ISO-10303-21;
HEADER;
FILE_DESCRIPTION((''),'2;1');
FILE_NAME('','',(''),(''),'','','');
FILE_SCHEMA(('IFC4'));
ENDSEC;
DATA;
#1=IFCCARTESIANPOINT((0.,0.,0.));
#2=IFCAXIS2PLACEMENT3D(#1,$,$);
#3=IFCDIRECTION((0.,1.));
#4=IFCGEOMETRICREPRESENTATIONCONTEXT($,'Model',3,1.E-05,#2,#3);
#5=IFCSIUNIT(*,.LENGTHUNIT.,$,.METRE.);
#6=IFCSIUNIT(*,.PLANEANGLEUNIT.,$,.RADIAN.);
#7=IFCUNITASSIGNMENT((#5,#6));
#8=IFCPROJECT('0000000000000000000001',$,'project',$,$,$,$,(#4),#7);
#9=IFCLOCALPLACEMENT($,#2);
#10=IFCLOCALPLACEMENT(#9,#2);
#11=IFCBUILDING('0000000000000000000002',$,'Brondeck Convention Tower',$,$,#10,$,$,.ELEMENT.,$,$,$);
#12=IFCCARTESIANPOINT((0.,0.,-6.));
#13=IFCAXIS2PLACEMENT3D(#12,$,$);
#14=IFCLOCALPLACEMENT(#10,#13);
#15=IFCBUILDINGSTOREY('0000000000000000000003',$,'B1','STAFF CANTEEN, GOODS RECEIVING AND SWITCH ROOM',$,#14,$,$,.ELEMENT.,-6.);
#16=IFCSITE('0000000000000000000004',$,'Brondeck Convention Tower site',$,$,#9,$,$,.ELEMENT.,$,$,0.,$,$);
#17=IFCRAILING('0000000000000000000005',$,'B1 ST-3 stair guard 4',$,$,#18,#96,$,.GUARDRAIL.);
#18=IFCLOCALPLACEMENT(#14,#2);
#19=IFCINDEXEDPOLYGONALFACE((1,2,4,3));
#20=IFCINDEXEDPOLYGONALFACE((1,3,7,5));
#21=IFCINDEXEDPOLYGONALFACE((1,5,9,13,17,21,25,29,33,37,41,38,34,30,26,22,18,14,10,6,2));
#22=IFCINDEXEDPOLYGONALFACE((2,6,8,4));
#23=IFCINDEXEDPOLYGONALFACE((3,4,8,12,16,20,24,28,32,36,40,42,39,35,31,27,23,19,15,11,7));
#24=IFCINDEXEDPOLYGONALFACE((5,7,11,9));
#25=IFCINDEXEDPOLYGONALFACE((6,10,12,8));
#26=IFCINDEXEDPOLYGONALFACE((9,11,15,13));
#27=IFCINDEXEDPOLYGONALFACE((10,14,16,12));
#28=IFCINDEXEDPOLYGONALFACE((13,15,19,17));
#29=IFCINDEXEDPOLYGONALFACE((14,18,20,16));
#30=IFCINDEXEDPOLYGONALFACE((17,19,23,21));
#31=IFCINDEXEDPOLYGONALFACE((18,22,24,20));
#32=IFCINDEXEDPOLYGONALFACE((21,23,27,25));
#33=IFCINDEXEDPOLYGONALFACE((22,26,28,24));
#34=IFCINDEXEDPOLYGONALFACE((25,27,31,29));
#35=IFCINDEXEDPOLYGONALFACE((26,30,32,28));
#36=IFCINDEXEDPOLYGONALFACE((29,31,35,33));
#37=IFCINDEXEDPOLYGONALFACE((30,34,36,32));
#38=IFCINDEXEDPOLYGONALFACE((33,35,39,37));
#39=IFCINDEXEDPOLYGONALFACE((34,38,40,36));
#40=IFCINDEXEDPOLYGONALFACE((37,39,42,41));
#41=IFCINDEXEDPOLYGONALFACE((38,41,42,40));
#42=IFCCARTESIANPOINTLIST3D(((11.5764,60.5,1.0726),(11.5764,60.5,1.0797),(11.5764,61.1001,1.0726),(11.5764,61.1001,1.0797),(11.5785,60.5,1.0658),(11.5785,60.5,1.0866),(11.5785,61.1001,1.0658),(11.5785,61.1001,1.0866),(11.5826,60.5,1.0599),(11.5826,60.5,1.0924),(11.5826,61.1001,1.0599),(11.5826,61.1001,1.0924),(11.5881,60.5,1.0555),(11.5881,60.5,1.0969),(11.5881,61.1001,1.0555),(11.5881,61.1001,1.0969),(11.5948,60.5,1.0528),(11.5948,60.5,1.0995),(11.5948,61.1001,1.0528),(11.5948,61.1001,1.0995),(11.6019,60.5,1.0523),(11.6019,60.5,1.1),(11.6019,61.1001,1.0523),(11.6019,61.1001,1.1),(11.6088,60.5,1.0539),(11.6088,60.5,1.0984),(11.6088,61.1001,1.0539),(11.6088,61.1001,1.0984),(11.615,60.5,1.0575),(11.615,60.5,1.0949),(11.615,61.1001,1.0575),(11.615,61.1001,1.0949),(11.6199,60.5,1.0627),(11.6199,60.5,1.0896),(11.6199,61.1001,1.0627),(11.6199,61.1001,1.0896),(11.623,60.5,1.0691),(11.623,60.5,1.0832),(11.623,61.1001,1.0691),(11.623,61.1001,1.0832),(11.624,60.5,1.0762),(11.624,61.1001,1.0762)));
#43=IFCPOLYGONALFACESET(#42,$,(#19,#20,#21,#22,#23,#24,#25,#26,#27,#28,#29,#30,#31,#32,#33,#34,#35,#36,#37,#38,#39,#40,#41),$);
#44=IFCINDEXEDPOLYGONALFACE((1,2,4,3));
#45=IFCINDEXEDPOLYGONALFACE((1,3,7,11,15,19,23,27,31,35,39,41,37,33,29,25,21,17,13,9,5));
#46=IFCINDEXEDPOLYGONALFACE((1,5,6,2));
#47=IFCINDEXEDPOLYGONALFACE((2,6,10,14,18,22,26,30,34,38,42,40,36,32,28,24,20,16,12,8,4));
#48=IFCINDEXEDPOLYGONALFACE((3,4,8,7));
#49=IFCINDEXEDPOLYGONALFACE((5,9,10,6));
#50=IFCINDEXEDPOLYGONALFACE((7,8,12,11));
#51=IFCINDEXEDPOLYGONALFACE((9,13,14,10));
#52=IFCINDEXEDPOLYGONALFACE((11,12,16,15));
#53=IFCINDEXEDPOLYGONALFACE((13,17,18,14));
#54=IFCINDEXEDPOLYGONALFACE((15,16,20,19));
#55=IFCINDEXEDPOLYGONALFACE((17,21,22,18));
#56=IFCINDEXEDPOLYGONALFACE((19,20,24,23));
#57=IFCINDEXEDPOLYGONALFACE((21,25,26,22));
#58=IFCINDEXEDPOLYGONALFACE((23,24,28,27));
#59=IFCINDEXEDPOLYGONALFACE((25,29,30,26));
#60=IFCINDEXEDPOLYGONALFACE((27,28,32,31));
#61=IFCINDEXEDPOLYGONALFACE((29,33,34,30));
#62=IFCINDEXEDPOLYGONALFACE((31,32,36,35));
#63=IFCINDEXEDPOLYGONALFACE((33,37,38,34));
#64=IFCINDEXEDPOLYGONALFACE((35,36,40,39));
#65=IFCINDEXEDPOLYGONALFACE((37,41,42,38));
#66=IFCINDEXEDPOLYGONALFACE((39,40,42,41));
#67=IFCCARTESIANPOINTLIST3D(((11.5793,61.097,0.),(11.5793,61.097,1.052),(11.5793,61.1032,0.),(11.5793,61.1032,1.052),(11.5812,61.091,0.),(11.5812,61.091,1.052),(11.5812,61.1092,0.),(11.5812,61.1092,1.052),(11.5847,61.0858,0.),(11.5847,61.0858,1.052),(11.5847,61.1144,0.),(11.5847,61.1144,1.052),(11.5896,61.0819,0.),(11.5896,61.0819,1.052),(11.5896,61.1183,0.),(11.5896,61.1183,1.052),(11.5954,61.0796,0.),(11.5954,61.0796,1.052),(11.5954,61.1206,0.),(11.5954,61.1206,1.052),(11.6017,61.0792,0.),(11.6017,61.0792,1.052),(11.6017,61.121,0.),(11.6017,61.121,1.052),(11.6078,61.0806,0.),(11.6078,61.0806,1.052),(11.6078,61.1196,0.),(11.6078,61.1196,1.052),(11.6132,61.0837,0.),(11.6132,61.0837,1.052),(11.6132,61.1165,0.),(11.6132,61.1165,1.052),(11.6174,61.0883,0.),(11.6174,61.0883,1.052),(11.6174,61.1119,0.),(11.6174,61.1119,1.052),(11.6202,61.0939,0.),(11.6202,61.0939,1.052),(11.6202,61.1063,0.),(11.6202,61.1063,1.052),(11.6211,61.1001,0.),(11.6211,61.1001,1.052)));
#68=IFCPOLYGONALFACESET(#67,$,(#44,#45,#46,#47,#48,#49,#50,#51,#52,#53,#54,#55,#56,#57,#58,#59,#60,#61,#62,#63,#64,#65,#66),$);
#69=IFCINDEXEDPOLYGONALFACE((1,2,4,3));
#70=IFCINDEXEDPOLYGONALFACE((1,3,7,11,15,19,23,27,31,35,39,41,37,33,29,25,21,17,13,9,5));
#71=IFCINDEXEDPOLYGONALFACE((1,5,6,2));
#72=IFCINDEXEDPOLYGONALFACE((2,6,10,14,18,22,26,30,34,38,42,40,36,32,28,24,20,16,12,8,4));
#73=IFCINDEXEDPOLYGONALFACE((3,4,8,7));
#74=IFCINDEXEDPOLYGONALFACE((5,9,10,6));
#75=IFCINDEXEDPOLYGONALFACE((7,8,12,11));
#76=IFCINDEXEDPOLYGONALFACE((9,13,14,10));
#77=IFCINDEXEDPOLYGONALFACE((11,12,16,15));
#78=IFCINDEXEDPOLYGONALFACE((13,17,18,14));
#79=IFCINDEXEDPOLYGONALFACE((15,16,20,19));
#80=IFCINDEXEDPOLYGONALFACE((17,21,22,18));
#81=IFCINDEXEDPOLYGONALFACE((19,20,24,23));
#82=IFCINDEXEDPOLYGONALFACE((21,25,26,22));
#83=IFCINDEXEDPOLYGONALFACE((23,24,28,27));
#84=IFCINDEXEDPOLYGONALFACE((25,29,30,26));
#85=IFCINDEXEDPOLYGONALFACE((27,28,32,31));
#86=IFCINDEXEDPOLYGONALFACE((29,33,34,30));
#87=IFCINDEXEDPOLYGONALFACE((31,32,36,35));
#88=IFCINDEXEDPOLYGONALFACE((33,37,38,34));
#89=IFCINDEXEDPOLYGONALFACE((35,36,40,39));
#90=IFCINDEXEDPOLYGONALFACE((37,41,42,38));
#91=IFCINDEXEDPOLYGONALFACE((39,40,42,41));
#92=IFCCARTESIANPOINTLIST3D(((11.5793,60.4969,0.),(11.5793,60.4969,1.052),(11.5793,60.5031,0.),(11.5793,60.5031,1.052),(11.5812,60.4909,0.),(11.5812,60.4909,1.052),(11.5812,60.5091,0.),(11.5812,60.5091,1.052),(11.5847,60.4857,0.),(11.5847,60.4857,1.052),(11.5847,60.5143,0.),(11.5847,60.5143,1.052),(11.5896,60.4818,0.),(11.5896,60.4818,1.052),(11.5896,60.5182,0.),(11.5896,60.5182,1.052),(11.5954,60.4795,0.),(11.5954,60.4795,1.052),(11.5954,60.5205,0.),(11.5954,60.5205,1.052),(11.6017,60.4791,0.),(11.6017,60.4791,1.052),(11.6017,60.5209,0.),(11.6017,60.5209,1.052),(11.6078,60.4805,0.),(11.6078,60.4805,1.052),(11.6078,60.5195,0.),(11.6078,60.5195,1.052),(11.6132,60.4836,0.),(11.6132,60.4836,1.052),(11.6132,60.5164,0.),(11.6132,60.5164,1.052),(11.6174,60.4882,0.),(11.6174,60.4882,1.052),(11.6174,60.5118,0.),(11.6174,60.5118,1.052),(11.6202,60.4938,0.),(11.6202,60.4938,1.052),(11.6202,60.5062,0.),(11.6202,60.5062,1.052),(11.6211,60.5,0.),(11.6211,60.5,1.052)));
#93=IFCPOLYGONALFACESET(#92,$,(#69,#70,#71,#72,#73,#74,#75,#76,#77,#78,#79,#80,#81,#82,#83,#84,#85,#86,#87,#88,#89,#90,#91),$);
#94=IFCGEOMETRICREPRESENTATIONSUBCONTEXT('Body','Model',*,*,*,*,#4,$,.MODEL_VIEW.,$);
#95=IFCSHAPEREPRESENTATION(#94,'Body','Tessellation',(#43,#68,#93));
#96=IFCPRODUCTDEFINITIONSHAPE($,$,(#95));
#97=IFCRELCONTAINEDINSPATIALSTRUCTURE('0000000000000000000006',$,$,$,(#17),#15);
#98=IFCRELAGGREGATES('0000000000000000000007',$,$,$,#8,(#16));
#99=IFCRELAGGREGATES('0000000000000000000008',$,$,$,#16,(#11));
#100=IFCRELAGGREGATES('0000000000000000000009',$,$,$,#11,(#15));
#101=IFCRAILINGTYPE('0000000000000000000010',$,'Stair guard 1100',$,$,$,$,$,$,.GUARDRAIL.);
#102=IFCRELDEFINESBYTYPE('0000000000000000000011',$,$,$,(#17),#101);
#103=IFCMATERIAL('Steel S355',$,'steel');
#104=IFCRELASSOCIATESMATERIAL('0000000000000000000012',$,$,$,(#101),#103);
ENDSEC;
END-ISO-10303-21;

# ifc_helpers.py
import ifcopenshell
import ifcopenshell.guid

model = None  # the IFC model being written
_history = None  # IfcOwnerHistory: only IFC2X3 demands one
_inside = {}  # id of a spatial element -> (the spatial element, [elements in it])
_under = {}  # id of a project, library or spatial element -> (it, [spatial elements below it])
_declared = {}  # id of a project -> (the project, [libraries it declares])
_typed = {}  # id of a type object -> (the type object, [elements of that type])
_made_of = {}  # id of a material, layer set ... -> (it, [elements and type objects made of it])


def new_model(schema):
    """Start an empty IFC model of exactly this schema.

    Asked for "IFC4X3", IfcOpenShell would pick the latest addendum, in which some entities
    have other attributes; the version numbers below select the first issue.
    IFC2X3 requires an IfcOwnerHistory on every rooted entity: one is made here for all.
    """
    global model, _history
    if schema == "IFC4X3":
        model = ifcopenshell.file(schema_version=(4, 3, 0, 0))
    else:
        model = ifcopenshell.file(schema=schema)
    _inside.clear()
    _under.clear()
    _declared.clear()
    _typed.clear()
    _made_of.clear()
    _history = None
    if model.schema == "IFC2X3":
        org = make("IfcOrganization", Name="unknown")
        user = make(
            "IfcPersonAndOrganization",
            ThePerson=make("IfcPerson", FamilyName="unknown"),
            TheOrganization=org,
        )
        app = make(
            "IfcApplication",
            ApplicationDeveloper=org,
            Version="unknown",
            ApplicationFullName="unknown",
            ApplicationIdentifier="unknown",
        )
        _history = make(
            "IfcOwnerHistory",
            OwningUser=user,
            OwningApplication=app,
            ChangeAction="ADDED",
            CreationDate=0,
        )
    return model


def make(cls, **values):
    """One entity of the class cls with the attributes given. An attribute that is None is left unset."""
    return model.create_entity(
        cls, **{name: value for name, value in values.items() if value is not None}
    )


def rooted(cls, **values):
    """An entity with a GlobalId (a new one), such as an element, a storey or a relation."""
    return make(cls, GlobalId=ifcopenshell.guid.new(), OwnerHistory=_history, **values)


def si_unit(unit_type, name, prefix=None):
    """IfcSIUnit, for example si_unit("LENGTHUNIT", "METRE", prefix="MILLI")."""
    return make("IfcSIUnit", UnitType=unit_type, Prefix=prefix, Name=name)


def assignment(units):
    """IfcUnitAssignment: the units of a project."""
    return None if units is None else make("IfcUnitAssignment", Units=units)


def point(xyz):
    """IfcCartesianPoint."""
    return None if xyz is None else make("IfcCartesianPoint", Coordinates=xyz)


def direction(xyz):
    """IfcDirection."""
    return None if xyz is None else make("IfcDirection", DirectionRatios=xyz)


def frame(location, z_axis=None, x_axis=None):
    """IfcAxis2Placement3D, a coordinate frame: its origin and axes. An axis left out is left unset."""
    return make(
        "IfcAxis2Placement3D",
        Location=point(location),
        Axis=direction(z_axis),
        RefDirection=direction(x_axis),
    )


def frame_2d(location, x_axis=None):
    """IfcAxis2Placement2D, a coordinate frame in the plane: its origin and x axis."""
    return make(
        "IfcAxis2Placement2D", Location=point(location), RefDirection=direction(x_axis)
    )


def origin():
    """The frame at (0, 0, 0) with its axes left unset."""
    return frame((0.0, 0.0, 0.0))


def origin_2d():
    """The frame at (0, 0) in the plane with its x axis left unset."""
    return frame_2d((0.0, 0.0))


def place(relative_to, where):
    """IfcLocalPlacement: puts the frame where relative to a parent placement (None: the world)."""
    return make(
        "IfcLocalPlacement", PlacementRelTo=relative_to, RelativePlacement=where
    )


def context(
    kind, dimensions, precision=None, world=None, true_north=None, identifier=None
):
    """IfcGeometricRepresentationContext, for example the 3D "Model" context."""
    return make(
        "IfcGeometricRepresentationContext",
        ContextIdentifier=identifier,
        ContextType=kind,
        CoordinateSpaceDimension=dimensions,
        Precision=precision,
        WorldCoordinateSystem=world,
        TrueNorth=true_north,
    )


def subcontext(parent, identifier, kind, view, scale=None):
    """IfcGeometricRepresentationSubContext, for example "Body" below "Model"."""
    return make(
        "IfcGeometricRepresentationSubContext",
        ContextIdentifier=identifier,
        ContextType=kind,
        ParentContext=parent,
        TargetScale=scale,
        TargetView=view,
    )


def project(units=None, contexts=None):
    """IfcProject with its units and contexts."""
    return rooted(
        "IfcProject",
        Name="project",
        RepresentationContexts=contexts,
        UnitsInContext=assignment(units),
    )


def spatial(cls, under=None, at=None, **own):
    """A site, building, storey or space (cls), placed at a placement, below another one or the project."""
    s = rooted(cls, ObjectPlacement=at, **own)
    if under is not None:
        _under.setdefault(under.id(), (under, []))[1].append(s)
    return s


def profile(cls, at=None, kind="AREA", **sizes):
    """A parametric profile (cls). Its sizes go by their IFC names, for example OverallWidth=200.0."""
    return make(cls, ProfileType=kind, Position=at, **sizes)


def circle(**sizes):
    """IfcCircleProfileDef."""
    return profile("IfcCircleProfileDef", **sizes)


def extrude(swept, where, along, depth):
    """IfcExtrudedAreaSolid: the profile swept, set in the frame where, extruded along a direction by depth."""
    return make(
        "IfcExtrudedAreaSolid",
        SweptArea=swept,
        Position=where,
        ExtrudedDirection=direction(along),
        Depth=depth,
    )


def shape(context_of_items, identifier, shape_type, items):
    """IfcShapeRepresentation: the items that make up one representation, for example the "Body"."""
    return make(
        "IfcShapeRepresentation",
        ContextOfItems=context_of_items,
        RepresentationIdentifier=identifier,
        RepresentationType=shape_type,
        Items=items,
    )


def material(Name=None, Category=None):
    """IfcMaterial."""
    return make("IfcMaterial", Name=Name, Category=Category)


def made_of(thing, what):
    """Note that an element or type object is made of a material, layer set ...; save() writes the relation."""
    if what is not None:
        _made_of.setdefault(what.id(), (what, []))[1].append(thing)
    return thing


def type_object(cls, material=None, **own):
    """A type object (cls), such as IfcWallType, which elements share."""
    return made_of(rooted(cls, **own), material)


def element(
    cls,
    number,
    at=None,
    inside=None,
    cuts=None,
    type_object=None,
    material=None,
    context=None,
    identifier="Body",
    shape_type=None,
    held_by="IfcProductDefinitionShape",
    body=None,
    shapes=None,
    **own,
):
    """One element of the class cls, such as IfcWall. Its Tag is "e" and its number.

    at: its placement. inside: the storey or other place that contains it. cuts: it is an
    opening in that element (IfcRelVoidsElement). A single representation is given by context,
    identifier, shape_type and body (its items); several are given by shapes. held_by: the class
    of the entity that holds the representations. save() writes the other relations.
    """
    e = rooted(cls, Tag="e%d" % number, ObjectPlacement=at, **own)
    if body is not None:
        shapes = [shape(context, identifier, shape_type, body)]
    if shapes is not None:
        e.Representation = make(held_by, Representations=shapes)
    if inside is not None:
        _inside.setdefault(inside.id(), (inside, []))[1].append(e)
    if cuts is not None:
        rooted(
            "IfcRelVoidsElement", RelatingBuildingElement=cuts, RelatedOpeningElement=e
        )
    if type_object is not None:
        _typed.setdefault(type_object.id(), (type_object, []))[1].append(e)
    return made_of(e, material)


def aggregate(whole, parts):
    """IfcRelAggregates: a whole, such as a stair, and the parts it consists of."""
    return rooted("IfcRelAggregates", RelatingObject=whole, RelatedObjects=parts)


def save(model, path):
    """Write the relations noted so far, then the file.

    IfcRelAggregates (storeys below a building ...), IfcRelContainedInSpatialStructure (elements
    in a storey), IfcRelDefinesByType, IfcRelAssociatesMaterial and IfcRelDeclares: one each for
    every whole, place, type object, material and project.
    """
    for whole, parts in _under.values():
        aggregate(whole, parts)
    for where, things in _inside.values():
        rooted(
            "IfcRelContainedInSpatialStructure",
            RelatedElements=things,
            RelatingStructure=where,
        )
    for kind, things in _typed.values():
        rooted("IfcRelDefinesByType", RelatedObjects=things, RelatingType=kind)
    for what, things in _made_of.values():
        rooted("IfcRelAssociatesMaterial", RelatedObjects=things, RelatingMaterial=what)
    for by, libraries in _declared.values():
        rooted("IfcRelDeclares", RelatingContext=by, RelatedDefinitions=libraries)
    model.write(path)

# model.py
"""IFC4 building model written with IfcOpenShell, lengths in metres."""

from ifc_helpers import new_model, si_unit, direction, frame, origin, origin_2d, place, context, subcontext, project, spatial, circle, extrude, material, type_object, element, save


model = new_model("IFC4")

# Units and contexts
model_context = context("Model", 3, precision=1e-05, world=origin(), true_north=direction((0.0, 1.0)))
body_context = subcontext(model_context, "Body", "Model", "MODEL_VIEW")
ifc_project = project(units=[si_unit("LENGTHUNIT", "METRE"), si_unit("PLANEANGLEUNIT", "RADIAN")], contexts=[model_context])

# Site, building, storey
site_placement = place(None, origin())
site = spatial("IfcSite", under=ifc_project, at=site_placement, Name="Brondeck Convention Tower site", CompositionType="ELEMENT", RefElevation=0.0)
building_placement = place(site_placement, origin())
building = spatial("IfcBuilding", under=site, at=building_placement, Name="Brondeck Convention Tower", CompositionType="ELEMENT")
storey_placement = place(building_placement, frame((0.0, 0.0, -6.0)))
storey = spatial("IfcBuildingStorey", under=building, at=storey_placement, Name="B1", Description="STAFF CANTEEN, GOODS RECEIVING AND SWITCH ROOM", CompositionType="ELEMENT", Elevation=-6.0)

# Shared definitions
ifc_material_1 = material(Name="Steel S355", Category="steel")

# Railing
railing_type_1 = type_object("IfcRailingType", Name="Stair guard 1100", PredefinedType="GUARDRAIL", material=ifc_material_1)
railing_1_placement = place(storey_placement, frame((11.6001, 61.1001, 0.0)))
element("IfcRailing", 1, at=railing_1_placement, inside=storey, type_object=railing_type_1, Name="B1 ST-3 stair guard 4", PredefinedType="GUARDRAIL", context=body_context, shape_type="SweptSolid", body=[
    extrude(circle(Radius=0.0239, at=origin_2d()), frame((0.0, 0.0, 1.0762), z_axis=(0.0, -1.0, 0.0), x_axis=(1.0, 0.0, 0.0)), (0.0, 0.0, 1.0), 0.6001),
    extrude(circle(Radius=0.021, at=origin_2d()), origin(), (0.0, 0.0, 1.0), 1.052),
    extrude(circle(Radius=0.021, at=origin_2d()), frame((0.0, -0.6001, 0.0)), (0.0, 0.0, 1.0), 1.052),
])

save(model, "model.ifc")
